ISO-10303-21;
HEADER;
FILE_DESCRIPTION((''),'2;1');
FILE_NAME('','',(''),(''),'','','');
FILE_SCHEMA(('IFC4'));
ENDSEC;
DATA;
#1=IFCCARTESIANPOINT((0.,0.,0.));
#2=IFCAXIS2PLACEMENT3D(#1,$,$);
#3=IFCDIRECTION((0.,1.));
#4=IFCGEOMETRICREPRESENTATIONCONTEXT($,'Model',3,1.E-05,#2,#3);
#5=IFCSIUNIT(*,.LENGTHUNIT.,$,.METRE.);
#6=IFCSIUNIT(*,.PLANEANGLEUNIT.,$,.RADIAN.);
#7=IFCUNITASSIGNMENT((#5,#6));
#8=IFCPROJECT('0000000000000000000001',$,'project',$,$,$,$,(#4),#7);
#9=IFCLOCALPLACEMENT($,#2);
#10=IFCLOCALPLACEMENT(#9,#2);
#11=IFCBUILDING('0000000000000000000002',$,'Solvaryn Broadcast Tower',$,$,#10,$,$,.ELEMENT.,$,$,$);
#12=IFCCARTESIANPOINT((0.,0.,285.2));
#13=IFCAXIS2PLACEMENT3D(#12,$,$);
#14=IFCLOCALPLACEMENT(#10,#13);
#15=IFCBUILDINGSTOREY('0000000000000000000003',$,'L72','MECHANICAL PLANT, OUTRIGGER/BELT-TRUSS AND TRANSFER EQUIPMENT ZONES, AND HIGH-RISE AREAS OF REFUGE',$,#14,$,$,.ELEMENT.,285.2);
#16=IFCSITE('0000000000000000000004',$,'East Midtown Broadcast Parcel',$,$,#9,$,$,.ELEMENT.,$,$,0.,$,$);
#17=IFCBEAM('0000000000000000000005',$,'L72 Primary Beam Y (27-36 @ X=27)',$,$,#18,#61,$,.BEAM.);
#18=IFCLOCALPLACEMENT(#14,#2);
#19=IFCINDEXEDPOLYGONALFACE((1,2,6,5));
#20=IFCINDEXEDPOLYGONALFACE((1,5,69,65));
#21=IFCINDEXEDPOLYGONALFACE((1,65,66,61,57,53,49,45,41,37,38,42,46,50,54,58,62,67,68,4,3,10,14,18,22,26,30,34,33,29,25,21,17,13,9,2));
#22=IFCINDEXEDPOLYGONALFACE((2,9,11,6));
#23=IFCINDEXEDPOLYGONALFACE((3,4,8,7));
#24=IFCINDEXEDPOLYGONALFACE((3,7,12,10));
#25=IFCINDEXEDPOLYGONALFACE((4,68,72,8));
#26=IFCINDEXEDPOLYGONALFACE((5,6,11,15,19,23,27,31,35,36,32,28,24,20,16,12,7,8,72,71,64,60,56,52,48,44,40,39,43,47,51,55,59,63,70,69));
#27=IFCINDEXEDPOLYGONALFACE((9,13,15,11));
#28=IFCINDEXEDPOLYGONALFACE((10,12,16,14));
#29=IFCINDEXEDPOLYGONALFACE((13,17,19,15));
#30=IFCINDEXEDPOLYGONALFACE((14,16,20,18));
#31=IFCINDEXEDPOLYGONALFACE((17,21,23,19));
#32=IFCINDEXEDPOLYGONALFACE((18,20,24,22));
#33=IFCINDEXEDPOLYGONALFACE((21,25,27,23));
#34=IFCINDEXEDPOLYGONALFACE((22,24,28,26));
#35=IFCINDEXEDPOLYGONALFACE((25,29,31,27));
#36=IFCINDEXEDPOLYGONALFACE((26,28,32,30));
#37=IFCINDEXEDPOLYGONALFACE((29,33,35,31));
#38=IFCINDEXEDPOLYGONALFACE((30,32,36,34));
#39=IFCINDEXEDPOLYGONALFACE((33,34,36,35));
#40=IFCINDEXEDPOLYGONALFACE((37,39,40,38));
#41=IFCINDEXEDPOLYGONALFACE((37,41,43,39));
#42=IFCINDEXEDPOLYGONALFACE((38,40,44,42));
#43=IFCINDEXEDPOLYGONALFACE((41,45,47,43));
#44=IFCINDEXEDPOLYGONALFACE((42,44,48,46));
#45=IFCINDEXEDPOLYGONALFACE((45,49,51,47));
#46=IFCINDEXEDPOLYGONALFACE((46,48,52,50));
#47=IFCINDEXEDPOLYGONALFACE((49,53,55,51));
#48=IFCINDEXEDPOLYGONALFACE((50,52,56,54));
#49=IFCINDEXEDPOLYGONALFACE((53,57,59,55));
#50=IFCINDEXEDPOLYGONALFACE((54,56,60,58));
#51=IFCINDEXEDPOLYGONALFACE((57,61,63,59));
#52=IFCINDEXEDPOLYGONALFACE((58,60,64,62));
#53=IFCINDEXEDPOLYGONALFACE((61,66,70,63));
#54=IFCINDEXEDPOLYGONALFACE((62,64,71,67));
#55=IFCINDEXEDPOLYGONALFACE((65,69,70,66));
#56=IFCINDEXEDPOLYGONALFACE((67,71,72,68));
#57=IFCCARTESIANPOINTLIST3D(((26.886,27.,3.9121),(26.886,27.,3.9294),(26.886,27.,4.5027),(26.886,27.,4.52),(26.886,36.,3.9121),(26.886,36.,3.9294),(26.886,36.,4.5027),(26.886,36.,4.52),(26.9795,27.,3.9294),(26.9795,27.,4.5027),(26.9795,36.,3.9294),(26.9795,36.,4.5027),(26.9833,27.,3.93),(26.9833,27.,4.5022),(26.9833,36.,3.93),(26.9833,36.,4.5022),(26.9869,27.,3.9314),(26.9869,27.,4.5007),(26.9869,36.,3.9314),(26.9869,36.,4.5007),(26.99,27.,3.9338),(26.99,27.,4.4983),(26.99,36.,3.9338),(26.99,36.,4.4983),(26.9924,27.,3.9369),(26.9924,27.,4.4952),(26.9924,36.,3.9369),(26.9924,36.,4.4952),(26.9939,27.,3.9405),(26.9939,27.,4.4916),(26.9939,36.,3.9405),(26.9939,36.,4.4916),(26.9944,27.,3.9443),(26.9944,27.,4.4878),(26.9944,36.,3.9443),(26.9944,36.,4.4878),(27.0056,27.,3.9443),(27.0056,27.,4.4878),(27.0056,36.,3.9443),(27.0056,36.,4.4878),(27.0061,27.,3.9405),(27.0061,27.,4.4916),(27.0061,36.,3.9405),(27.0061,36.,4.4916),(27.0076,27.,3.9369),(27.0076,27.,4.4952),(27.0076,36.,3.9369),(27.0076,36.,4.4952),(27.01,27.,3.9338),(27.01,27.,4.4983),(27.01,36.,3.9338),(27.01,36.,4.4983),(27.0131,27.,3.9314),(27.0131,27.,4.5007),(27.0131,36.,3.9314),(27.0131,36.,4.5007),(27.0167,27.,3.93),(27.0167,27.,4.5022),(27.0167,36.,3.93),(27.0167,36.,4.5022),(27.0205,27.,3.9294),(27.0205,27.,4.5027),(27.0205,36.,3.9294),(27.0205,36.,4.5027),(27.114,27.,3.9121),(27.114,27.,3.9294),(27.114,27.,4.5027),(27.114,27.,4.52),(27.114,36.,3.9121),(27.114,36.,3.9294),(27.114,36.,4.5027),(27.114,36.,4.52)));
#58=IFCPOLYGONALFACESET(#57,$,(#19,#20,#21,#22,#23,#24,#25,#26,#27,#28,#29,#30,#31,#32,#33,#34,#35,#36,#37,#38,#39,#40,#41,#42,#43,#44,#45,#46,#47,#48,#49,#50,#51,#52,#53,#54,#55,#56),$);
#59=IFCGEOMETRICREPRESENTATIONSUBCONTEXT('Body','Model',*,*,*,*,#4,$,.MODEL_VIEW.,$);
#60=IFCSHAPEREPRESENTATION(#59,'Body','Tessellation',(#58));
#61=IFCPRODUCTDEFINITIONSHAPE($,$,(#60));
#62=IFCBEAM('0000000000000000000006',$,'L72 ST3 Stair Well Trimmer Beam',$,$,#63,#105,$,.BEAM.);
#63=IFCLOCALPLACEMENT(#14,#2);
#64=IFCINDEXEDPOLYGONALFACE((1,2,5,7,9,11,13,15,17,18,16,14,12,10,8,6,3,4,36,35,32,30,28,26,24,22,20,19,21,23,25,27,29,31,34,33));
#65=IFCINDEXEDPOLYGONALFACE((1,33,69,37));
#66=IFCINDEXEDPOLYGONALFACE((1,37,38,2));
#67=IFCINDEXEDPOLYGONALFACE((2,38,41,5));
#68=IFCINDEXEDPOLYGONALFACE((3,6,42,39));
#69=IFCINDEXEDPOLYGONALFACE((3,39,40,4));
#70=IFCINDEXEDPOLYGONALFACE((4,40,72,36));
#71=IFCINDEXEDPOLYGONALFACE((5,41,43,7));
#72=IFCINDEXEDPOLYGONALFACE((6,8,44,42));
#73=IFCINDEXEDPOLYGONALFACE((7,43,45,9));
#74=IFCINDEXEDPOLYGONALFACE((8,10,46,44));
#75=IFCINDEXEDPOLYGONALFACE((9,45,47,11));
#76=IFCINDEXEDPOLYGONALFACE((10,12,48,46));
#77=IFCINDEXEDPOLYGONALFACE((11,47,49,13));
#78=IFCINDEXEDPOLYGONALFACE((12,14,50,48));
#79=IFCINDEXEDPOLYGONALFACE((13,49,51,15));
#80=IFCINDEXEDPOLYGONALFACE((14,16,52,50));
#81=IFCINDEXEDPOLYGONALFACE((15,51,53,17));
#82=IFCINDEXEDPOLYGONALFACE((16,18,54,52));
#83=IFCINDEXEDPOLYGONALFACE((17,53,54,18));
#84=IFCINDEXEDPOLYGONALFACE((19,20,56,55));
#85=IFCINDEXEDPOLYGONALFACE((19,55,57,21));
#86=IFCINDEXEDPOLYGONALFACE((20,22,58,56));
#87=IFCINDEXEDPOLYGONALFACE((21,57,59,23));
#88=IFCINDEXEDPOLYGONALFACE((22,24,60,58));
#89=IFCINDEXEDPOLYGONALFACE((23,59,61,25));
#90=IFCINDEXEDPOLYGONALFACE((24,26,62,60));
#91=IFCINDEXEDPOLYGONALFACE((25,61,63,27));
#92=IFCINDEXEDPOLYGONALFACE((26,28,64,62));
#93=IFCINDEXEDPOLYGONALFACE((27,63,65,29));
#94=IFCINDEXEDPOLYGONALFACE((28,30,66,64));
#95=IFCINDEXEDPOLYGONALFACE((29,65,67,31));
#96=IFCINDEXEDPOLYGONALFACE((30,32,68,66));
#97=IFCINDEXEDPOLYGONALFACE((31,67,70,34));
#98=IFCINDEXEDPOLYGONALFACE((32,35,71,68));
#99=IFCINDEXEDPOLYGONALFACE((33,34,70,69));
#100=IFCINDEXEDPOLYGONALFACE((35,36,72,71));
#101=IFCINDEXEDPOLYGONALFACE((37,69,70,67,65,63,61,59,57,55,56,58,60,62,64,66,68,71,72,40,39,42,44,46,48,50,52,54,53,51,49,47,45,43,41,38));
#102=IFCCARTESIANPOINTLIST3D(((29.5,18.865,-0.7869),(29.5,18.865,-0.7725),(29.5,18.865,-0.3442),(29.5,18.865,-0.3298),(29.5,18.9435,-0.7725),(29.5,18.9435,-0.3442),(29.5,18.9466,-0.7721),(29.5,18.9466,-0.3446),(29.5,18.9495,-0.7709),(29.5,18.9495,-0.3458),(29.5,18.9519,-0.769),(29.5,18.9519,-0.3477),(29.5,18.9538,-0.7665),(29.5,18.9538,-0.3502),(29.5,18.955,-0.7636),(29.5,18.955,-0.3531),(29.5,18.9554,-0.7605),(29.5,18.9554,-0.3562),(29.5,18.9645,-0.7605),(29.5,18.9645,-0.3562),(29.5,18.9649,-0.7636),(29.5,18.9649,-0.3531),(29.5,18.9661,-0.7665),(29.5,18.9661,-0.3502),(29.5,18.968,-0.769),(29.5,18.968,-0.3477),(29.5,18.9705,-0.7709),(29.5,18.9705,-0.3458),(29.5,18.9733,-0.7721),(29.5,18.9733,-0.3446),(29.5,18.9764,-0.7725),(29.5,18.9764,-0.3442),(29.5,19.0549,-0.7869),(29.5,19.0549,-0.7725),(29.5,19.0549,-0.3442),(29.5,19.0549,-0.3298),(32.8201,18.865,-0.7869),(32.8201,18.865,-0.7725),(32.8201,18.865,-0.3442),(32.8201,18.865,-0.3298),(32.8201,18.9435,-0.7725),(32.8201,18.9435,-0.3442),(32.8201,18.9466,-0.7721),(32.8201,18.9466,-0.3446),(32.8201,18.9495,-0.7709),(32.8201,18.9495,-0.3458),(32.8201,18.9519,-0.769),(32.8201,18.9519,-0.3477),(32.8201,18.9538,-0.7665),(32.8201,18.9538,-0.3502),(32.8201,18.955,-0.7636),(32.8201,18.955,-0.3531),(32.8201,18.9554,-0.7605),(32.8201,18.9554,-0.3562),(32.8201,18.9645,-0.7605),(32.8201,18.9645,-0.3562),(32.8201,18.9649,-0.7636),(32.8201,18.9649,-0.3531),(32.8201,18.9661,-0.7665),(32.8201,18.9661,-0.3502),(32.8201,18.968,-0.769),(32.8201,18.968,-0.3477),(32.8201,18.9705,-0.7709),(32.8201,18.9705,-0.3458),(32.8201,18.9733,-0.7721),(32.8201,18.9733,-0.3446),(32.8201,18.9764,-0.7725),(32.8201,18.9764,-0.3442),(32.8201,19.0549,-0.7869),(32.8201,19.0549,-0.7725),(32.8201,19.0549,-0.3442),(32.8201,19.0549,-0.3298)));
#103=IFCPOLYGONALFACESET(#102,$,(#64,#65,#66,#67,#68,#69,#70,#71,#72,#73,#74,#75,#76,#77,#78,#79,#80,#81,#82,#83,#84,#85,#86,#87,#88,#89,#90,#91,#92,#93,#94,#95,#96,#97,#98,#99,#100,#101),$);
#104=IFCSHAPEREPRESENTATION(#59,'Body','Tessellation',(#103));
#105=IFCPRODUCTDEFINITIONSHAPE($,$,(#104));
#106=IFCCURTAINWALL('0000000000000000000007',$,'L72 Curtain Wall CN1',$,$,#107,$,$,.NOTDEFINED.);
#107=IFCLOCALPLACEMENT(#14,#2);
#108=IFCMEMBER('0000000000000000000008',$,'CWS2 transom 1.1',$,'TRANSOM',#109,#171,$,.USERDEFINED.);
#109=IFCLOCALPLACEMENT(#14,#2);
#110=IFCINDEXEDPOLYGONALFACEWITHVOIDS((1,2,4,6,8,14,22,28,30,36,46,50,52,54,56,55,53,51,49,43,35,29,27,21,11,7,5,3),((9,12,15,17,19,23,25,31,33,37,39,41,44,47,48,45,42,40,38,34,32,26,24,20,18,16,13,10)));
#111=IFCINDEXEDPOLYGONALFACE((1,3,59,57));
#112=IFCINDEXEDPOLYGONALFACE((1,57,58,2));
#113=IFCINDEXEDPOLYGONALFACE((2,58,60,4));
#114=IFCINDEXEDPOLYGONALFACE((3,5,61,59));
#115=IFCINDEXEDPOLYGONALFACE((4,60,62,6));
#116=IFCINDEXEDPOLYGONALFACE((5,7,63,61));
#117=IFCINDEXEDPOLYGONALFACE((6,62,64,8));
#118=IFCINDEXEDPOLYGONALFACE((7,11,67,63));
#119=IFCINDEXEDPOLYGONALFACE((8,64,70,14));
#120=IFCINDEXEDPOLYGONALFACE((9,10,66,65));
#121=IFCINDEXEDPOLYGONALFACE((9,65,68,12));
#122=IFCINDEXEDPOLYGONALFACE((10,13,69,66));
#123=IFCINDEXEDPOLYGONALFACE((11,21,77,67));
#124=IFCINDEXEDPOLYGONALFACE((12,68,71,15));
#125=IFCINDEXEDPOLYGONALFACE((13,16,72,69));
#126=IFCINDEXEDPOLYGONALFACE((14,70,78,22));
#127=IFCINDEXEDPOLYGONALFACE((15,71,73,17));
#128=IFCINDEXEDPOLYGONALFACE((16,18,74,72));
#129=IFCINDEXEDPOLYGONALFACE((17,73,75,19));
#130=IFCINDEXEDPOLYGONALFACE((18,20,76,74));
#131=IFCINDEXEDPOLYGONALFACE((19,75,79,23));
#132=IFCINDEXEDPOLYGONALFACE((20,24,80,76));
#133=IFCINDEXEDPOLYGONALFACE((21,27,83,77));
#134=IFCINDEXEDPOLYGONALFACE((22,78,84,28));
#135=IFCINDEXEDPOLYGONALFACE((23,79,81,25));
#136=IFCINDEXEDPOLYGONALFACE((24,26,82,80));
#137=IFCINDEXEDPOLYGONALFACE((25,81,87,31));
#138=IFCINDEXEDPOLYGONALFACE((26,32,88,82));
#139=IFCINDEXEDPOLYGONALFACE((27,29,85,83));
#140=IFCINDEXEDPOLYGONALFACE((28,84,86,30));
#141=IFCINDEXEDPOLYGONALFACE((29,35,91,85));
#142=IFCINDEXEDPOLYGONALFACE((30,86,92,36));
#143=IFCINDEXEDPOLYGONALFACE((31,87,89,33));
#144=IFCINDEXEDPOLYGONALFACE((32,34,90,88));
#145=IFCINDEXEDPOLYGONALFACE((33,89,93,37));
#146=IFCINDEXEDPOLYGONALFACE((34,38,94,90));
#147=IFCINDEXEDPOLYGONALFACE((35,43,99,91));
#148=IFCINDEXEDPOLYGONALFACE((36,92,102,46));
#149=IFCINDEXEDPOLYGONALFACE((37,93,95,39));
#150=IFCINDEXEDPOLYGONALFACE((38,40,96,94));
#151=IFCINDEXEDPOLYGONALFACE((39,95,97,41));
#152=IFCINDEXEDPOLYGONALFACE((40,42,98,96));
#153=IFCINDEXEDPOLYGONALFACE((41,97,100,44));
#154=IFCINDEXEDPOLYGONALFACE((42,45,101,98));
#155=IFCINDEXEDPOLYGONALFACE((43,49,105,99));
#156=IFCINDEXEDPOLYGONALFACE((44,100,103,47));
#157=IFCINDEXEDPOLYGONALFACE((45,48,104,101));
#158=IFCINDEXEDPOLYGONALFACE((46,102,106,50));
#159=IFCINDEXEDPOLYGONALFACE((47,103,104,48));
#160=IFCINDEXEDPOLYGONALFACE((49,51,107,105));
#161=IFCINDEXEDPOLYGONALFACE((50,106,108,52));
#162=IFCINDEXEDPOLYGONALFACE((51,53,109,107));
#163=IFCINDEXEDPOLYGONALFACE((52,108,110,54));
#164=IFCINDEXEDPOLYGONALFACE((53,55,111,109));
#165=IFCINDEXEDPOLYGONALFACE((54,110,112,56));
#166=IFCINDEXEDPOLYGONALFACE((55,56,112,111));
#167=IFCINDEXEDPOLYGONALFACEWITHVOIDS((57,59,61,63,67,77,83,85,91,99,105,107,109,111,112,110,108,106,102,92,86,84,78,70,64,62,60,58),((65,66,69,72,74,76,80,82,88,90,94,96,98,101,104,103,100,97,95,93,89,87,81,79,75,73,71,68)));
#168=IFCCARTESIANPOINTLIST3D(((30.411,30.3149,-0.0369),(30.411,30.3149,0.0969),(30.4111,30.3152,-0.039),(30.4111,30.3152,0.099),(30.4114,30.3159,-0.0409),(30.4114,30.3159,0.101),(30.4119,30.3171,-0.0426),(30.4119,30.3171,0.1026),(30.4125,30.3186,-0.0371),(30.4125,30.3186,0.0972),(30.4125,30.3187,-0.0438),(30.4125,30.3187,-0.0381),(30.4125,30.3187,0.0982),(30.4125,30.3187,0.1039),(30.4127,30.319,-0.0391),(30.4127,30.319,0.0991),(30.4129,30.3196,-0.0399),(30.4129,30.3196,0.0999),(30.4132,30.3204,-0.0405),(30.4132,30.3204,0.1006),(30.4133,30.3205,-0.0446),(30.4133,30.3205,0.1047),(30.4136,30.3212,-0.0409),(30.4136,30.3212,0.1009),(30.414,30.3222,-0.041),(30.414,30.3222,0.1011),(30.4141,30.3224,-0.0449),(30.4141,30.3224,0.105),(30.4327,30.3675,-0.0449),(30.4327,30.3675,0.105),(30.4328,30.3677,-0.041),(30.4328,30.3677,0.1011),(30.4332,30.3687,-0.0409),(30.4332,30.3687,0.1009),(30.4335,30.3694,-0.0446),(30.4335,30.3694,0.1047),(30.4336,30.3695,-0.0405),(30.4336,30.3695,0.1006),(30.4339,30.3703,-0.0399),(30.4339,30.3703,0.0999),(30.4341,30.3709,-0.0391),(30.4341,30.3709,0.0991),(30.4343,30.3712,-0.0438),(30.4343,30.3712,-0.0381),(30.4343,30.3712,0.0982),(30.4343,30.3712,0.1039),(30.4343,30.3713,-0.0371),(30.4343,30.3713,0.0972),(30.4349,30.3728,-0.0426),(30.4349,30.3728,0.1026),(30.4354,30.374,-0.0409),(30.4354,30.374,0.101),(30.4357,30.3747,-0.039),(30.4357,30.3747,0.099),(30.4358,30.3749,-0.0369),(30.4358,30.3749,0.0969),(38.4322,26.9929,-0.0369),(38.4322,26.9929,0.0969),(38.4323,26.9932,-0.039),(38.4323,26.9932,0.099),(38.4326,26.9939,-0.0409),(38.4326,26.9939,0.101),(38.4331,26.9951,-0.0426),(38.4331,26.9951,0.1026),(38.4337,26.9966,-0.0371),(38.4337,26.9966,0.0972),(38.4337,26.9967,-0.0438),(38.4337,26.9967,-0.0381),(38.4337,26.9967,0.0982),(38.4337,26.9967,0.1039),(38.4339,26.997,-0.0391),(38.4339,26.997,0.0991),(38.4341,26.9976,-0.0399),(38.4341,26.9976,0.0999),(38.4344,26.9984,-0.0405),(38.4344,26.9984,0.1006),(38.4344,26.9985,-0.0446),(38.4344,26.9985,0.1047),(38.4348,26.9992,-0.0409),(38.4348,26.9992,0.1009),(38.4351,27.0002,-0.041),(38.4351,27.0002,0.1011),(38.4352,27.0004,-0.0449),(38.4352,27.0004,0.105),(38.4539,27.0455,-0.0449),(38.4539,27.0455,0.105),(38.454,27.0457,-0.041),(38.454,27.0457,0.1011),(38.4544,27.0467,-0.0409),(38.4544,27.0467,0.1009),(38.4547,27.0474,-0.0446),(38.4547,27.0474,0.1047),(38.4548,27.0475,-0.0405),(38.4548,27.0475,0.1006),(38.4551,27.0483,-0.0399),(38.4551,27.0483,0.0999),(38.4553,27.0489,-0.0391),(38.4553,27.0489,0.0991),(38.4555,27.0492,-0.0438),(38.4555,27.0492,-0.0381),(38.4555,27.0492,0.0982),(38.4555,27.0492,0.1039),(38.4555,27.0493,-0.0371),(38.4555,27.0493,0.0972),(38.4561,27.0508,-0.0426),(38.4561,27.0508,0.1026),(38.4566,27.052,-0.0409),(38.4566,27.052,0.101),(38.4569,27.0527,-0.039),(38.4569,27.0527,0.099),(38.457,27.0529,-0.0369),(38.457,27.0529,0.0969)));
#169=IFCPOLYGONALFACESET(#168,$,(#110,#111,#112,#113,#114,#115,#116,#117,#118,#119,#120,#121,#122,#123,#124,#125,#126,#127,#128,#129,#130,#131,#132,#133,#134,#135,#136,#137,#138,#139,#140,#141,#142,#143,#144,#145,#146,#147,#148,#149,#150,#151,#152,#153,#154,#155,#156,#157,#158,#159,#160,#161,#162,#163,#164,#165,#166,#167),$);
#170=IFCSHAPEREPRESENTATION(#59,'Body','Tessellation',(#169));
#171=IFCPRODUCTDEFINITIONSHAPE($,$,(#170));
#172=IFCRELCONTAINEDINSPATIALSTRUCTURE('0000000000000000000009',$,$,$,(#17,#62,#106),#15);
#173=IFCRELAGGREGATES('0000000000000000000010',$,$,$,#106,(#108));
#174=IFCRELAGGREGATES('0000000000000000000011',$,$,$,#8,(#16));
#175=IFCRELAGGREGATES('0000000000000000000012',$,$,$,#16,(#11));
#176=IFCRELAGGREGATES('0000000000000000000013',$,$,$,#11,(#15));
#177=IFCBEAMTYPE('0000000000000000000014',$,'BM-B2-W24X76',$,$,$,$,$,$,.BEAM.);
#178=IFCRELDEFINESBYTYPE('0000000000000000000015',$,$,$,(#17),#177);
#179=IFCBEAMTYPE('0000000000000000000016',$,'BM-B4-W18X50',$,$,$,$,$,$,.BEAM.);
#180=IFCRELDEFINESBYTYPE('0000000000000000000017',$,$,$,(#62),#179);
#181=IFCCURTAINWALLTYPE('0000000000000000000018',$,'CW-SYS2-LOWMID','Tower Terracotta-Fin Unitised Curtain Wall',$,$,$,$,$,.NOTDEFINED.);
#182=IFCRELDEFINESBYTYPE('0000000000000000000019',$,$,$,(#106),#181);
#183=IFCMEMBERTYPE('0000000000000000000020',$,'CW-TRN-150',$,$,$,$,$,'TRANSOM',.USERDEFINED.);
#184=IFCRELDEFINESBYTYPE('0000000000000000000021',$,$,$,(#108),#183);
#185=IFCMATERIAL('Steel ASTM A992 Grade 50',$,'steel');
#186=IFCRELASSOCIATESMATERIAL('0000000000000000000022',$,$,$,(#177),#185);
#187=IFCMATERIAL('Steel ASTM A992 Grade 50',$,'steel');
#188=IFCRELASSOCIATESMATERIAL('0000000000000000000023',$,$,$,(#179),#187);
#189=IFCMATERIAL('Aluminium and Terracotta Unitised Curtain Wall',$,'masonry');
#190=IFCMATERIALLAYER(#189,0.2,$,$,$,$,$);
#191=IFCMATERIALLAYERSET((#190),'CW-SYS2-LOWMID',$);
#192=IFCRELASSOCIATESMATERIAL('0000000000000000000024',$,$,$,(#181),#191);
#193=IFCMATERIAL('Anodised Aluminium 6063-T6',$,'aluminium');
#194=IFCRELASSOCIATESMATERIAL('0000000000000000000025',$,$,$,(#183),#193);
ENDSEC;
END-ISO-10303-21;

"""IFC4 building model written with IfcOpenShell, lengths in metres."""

from ifc_helpers import new_model, si_unit, direction, frame, origin, origin_2d, place, context, subcontext, project, spatial, hollow_rectangle, i_section, extrude, material, layer, layer_set, material_profile, profile_set, type_object, element, aggregate, save


model = new_model("IFC4")

# Units and contexts
model_context = context("Model", 3, precision=1e-05, world=origin(), true_north=direction((0.0, 1.0)))
body_context = subcontext(model_context, "Body", "Model", "MODEL_VIEW")
ifc_project = project(units=[si_unit("LENGTHUNIT", "METRE"), si_unit("PLANEANGLEUNIT", "RADIAN")], contexts=[model_context])

# Site, building, storey
site_placement = place(None, origin())
site = spatial("IfcSite", under=ifc_project, at=site_placement, Name="East Midtown Broadcast Parcel", CompositionType="ELEMENT", RefElevation=0.0)
building_placement = place(site_placement, origin())
building = spatial("IfcBuilding", under=site, at=building_placement, Name="Solvaryn Broadcast Tower", CompositionType="ELEMENT")
storey_placement = place(building_placement, frame((0.0, 0.0, 285.2)))
storey = spatial("IfcBuildingStorey", under=building, at=storey_placement, Name="L72", Description="MECHANICAL PLANT, OUTRIGGER/BELT-TRUSS AND TRANSFER EQUIPMENT ZONES, AND HIGH-RISE AREAS OF REFUGE", CompositionType="ELEMENT", Elevation=285.2)

# Beams
ifc_material_1 = material(Name="Steel ASTM A992 Grade 50", Category="steel")
ifc_material_profile_1 = material_profile(ifc_material_1, i_section(OverallWidth=0.228, OverallDepth=0.6079, WebThickness=0.0112, FlangeThickness=0.0173, FilletRadius=0.0149, at=origin_2d()))
ifc_profile_set_1 = profile_set([ifc_material_profile_1], Name="Steel ASTM A992 Grade 50")
beam_type_1 = type_object("IfcBeamType", Name="BM-B2-W24X76", PredefinedType="BEAM", material=ifc_profile_set_1)
beam_1_placement = place(storey_placement, frame((27.0, 27.0, 4.2161), z_axis=(0.0, 1.0, 0.0), x_axis=(-1.0, 0.0, 0.0)))
element("IfcBeam", 1, at=beam_1_placement, inside=storey, type_object=beam_type_1, Name="L72 Primary Beam Y (27-36 @ X=27)", PredefinedType="BEAM", context=body_context, shape_type="SweptSolid", body=[
    extrude(i_section(OverallWidth=0.228, OverallDepth=0.6079, WebThickness=0.0112, FlangeThickness=0.0173, FilletRadius=0.0149, at=origin_2d()), origin(), (0.0, 0.0, 1.0), 9.0),
])
ifc_material_2 = material(Name="Steel ASTM A992 Grade 50", Category="steel")
ifc_material_profile_2 = material_profile(ifc_material_2, i_section(OverallWidth=0.1899, OverallDepth=0.457, WebThickness=0.009, FlangeThickness=0.0144, FilletRadius=0.012, at=origin_2d()))
ifc_profile_set_2 = profile_set([ifc_material_profile_2], Name="Steel ASTM A992 Grade 50")
beam_type_2 = type_object("IfcBeamType", Name="BM-B4-W18X50", PredefinedType="BEAM", material=ifc_profile_set_2)
beam_2_placement = place(storey_placement, frame((29.5, 18.96, -0.5583), z_axis=(1.0, 0.0, 0.0), x_axis=(0.0, 1.0, 0.0)))
element("IfcBeam", 2, at=beam_2_placement, inside=storey, type_object=beam_type_2, Name="L72 ST3 Stair Well Trimmer Beam", PredefinedType="BEAM", context=body_context, shape_type="SweptSolid", body=[
    extrude(i_section(OverallWidth=0.1899, OverallDepth=0.457, WebThickness=0.009, FlangeThickness=0.0144, FilletRadius=0.012, at=origin_2d()), origin(), (0.0, 0.0, 1.0), 3.3201),
])

# Curtain wall, member
ifc_material_3 = material(Name="Aluminium and Terracotta Unitised Curtain Wall", Category="masonry")
ifc_layer_1 = layer(ifc_material_3, 0.2)
ifc_layer_set_1 = layer_set([ifc_layer_1], Name="CW-SYS2-LOWMID")
curtain_wall_type = type_object("IfcCurtainWallType", Name="CW-SYS2-LOWMID", Description="Tower Terracotta-Fin Unitised Curtain Wall", PredefinedType="NOTDEFINED", material=ifc_layer_set_1)
curtain_wall_placement = place(storey_placement, origin())
curtain_wall = element("IfcCurtainWall", 3, at=curtain_wall_placement, inside=storey, type_object=curtain_wall_type, Name="L72 Curtain Wall CN1", PredefinedType="NOTDEFINED")
ifc_material_4 = material(Name="Anodised Aluminium 6063-T6", Category="aluminium")
ifc_material_profile_3 = material_profile(ifc_material_4, hollow_rectangle(XDim=0.0649, YDim=0.1499, WallThickness=0.0039, InnerFilletRadius=0.0039, OuterFilletRadius=0.0081, at=origin_2d()))
ifc_profile_set_3 = profile_set([ifc_material_profile_3], Name="Anodised Aluminium 6063-T6")
member_type = type_object("IfcMemberType", Name="CW-TRN-150", ElementType="TRANSOM", PredefinedType="USERDEFINED", material=ifc_profile_set_3)
member_placement = place(storey_placement, frame((38.4446, 27.0229, 0.03), z_axis=(-0.923899, 0.382636, 0.0), x_axis=(-0.382636, -0.923899, 0.0)))
member = element("IfcMember", 4, at=member_placement, type_object=member_type, Name="CWS2 transom 1.1", ObjectType="TRANSOM", PredefinedType="USERDEFINED", context=body_context, shape_type="SweptSolid", body=[
    extrude(hollow_rectangle(XDim=0.0649, YDim=0.1499, WallThickness=0.0039, InnerFilletRadius=0.0039, OuterFilletRadius=0.0081, at=origin_2d()), origin(), (0.0, 0.0, 1.0), 8.6819),
])
aggregate(curtain_wall, [member])

save(model, "model.ifc")
